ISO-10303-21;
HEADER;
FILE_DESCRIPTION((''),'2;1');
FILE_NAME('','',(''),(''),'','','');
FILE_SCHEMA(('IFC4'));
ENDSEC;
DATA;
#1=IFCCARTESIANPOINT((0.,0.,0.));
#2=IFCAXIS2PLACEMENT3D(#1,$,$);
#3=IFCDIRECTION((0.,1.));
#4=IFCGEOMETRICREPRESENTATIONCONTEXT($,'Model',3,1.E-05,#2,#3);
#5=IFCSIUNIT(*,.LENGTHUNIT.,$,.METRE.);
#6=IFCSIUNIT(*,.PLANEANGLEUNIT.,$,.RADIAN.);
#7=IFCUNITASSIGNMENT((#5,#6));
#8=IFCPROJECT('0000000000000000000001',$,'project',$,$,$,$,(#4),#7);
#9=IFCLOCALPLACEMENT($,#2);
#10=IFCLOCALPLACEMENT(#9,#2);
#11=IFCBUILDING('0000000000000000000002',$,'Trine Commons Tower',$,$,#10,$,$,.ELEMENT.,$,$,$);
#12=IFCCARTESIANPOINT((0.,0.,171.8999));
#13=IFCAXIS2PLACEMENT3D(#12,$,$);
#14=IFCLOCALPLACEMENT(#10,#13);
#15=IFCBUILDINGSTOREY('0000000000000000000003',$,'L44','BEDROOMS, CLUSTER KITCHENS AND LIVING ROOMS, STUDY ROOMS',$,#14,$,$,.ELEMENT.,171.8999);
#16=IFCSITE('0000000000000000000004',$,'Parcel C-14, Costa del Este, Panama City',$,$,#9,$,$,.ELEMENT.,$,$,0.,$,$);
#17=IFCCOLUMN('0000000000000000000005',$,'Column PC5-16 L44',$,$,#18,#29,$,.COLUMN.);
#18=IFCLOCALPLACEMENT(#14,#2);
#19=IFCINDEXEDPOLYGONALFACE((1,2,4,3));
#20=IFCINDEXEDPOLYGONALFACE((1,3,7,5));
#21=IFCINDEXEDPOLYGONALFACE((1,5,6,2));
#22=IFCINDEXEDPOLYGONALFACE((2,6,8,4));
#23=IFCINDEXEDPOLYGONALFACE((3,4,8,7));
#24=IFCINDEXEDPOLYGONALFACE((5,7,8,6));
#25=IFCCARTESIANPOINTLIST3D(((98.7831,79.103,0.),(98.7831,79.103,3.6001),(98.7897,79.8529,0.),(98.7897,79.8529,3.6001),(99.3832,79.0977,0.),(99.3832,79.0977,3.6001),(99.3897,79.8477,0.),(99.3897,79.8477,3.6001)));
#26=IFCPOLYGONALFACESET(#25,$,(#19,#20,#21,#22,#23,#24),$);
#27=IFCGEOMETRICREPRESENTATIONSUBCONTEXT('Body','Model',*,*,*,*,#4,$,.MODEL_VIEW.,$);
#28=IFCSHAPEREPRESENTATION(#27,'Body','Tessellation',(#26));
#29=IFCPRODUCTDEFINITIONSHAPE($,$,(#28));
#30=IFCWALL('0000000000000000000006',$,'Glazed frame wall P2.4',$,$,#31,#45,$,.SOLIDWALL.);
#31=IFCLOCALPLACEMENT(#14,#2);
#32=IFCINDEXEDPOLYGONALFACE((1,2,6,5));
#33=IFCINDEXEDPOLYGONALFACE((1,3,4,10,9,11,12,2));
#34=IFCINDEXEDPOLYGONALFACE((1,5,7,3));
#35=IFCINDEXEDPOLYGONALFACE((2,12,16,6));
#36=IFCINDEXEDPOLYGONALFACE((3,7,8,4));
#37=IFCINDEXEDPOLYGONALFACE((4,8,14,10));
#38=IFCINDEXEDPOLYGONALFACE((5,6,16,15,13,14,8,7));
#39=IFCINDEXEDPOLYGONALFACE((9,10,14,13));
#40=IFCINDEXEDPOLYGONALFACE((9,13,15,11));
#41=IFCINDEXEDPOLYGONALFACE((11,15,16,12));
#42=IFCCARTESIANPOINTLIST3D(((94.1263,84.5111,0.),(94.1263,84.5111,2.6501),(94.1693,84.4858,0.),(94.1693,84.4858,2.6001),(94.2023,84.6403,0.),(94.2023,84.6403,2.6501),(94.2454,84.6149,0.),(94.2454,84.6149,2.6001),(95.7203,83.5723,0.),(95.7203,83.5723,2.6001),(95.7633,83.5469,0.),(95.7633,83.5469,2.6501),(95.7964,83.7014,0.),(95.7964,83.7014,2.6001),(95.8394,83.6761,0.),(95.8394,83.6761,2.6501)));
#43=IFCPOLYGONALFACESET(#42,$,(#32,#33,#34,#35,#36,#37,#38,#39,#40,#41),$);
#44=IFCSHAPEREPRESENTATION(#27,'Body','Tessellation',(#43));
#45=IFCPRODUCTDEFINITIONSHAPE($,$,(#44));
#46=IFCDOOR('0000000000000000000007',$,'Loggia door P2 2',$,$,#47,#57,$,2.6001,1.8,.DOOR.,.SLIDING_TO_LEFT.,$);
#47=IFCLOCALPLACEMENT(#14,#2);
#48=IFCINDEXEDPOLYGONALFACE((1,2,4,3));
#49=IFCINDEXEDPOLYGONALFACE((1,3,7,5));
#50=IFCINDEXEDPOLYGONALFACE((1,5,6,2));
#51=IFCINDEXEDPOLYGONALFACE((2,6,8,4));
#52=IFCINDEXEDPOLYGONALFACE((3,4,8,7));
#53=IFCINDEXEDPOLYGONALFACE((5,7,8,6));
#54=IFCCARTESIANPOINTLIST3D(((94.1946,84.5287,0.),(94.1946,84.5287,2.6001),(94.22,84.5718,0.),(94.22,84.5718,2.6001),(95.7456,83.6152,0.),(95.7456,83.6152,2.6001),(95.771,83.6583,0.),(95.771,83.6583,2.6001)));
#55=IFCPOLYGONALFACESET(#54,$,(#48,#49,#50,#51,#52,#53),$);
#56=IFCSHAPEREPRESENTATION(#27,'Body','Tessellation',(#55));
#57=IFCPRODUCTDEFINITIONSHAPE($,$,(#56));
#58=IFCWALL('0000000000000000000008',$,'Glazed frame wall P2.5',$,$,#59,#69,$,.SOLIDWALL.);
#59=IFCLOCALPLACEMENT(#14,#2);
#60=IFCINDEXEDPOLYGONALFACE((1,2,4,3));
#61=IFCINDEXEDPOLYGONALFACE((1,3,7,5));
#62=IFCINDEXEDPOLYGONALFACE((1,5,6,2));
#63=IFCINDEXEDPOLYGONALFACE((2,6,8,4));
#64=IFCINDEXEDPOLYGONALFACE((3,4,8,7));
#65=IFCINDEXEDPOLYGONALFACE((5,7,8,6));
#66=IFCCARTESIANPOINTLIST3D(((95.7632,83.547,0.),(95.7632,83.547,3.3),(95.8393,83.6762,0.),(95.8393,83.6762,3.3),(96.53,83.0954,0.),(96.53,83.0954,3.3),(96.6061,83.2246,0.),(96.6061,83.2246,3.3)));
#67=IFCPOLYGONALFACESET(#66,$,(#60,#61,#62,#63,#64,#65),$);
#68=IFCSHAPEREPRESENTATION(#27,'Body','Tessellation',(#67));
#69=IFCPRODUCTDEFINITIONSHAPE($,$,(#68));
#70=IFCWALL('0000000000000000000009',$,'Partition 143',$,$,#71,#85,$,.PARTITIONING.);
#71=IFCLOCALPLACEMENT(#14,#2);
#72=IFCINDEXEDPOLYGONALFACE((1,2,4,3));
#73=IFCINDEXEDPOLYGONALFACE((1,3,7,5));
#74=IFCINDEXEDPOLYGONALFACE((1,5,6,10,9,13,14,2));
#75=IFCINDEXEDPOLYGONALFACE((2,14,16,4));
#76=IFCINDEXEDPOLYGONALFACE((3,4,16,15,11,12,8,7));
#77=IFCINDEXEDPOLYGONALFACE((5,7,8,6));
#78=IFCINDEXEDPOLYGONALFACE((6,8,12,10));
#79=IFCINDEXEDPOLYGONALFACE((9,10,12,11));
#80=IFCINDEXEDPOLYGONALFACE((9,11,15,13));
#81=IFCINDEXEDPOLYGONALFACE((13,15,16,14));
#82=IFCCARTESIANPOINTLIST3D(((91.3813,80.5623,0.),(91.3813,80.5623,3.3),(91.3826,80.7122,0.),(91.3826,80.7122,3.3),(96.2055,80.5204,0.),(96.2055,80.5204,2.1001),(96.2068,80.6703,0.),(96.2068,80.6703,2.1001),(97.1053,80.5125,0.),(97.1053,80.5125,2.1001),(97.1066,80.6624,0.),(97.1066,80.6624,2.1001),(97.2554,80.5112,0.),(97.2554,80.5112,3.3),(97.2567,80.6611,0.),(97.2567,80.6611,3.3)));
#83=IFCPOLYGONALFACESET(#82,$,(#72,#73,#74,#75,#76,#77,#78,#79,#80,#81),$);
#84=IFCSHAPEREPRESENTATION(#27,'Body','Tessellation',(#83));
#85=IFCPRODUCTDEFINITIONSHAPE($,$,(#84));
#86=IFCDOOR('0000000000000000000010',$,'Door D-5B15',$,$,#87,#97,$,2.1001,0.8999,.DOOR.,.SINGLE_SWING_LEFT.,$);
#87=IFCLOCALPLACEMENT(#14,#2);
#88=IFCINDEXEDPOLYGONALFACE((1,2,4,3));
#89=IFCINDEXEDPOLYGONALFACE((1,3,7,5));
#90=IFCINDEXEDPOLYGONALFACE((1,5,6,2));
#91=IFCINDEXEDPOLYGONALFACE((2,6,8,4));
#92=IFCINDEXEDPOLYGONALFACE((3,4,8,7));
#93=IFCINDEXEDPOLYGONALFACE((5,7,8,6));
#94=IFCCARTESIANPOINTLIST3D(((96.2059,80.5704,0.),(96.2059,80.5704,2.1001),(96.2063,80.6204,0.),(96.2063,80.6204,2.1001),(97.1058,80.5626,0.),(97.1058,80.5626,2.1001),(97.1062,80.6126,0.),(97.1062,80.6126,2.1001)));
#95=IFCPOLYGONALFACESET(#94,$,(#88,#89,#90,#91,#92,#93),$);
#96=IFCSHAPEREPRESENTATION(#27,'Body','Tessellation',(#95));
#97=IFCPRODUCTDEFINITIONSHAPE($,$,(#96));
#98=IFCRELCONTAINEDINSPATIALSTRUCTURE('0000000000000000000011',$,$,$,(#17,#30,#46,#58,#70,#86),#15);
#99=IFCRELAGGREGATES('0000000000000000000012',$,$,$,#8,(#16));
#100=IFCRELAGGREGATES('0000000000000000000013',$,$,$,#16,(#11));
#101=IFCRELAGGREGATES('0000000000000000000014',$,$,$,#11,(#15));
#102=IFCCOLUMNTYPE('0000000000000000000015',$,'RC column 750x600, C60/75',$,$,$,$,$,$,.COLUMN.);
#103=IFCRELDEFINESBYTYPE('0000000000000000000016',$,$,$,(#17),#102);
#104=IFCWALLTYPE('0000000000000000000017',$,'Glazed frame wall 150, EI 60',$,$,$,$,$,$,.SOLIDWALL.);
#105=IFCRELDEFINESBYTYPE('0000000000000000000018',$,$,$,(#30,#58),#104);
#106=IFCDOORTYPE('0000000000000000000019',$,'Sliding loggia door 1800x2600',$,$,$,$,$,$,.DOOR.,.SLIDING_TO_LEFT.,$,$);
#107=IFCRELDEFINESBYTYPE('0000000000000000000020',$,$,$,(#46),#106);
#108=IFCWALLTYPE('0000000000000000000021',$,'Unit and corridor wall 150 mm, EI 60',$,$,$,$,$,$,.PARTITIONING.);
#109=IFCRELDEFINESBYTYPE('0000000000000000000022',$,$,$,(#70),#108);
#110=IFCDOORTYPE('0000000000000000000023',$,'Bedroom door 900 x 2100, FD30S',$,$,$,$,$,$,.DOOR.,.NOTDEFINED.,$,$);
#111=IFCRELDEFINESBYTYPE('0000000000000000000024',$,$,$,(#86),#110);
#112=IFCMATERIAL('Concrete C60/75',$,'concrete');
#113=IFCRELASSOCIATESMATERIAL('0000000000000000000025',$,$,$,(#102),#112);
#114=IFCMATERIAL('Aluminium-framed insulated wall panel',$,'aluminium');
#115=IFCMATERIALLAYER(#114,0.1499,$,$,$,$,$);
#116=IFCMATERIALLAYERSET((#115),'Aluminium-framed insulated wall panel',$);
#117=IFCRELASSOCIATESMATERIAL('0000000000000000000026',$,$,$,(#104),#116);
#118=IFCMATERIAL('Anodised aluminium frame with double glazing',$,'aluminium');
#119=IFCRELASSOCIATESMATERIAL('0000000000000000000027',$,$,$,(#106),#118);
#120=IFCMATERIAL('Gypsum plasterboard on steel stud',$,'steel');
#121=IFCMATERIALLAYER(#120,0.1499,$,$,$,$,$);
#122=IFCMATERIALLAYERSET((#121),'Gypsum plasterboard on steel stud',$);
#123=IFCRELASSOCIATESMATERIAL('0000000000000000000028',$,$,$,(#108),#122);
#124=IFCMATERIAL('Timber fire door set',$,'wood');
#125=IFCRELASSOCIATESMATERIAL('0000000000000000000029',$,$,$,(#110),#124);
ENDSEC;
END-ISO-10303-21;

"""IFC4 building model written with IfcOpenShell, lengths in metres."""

from ifc_helpers import new_model, si_unit, direction, frame, frame_2d, origin, origin_2d, place, context, subcontext, project, spatial, polyline, rectangle, outline, extrude, material, layer, layer_set, material_profile, profile_set, type_object, element, fill, save


model = new_model("IFC4")

# Units and contexts
model_context = context("Model", 3, precision=1e-05, world=origin(), true_north=direction((0.0, 1.0)))
body_context = subcontext(model_context, "Body", "Model", "MODEL_VIEW")
ifc_project = project(units=[si_unit("LENGTHUNIT", "METRE"), si_unit("PLANEANGLEUNIT", "RADIAN")], contexts=[model_context])

# Site, building, storey
site_placement = place(None, origin())
site = spatial("IfcSite", under=ifc_project, at=site_placement, Name="Parcel C-14, Costa del Este, Panama City", CompositionType="ELEMENT", RefElevation=0.0)
building_placement = place(site_placement, origin())
building = spatial("IfcBuilding", under=site, at=building_placement, Name="Trine Commons Tower", CompositionType="ELEMENT")
storey_placement = place(building_placement, frame((0.0, 0.0, 171.8999)))
storey = spatial("IfcBuildingStorey", under=building, at=storey_placement, Name="L44", Description="BEDROOMS, CLUSTER KITCHENS AND LIVING ROOMS, STUDY ROOMS", CompositionType="ELEMENT", Elevation=171.8999)

# Column
ifc_material_1 = material(Name="Concrete C60/75", Category="concrete")
ifc_material_profile = material_profile(ifc_material_1, rectangle(XDim=0.75, YDim=0.6001, at=origin_2d()), Name="RC 750x600")
ifc_profile_set = profile_set([ifc_material_profile], Name="Concrete C60/75")
column_type = type_object("IfcColumnType", Name="RC column 750x600, C60/75", PredefinedType="COLUMN", material=ifc_profile_set)
column_placement = place(storey_placement, frame((99.0864, 79.4753, 0.0), z_axis=(0.0, 0.0, 1.0), x_axis=(0.008727, 0.999962, 0.0)))
element("IfcColumn", 1, at=column_placement, inside=storey, type_object=column_type, Name="Column PC5-16 L44", PredefinedType="COLUMN", context=body_context, shape_type="SweptSolid", body=[
    extrude(rectangle(XDim=0.75, YDim=0.6001, at=origin_2d()), origin(), (0.0, 0.0, 1.0), 3.6001),
])

# Wall, opening, door
ifc_material_2 = material(Name="Aluminium-framed insulated wall panel", Category="aluminium")
ifc_layer_1 = layer(ifc_material_2, 0.1499)
ifc_layer_set_1 = layer_set([ifc_layer_1], Name="Aluminium-framed insulated wall panel")
wall_type_1 = type_object("IfcWallType", Name="Glazed frame wall 150, EI 60", PredefinedType="SOLIDWALL", material=ifc_layer_set_1)
wall_1_placement = place(storey_placement, frame((94.1643, 84.5757, 0.0), z_axis=(0.0, 0.0, 1.0), x_axis=(0.86166, -0.507486, 0.0)))
wall_1 = element("IfcWall", 2, at=wall_1_placement, inside=storey, type_object=wall_type_1, Name="Glazed frame wall P2.4", PredefinedType="SOLIDWALL", context=body_context, shape_type="SweptSolid", body=[
    extrude(outline(polyline([(0.0, -0.075), (1.8999, -0.075), (1.8999, 0.075), (0.0, 0.075), (0.0, -0.075)])), origin(), (0.0, 0.0, 1.0), 2.6501),
])
opening_1_placement = place(wall_1_placement, frame((0.05, 0.0, 0.0)))
opening_1 = element("IfcOpeningElement", 3, at=opening_1_placement, cuts=wall_1, PredefinedType="OPENING", context=body_context, shape_type="SweptSolid", body=[
    extrude(rectangle(XDim=1.8, YDim=2.6001, at=frame_2d((0.8999, 1.3))), frame((0.0, 0.085, 0.0), z_axis=(0.0, -1.0, 0.0), x_axis=(1.0, 0.0, 0.0)), (0.0, 0.0, 1.0), 0.1699),
])
ifc_material_3 = material(Name="Anodised aluminium frame with double glazing", Category="aluminium")
door_type_1 = type_object("IfcDoorType", Name="Sliding loggia door 1800x2600", OperationType="SLIDING_TO_LEFT", PredefinedType="DOOR", material=ifc_material_3)
door_1_placement = place(opening_1_placement, origin())
door_1 = element("IfcDoor", 4, at=door_1_placement, inside=storey, type_object=door_type_1, Name="Loggia door P2 2", OperationType="SLIDING_TO_LEFT", OverallHeight=2.6001, OverallWidth=1.8, PredefinedType="DOOR", context=body_context, shape_type="SweptSolid", body=[
    extrude(rectangle(XDim=1.8, YDim=2.6001, at=frame_2d((0.8999, 1.3))), frame((0.0, 0.0249, 0.0), z_axis=(0.0, -1.0, 0.0), x_axis=(1.0, 0.0, 0.0)), (0.0, 0.0, 1.0), 0.05),
])
fill(opening_1, door_1)

# Wall
wall_2_placement = place(storey_placement, frame((95.8013, 83.6116, 0.0), z_axis=(0.0, 0.0, 1.0), x_axis=(0.861664, -0.507479, 0.0)))
element("IfcWall", 5, at=wall_2_placement, inside=storey, type_object=wall_type_1, Name="Glazed frame wall P2.5", PredefinedType="SOLIDWALL", context=body_context, shape_type="SweptSolid", body=[
    extrude(outline(polyline([(0.8899, 0.075), (0.0, 0.075), (0.0, -0.075), (0.8899, -0.075), (0.8899, 0.075)])), origin(), (0.0, 0.0, 1.0), 3.3),
])

# Wall, opening, door
ifc_material_4 = material(Name="Gypsum plasterboard on steel stud", Category="steel")
ifc_layer_2 = layer(ifc_material_4, 0.1499)
ifc_layer_set_2 = layer_set([ifc_layer_2], Name="Gypsum plasterboard on steel stud")
wall_type_2 = type_object("IfcWallType", Name="Unit and corridor wall 150 mm, EI 60", PredefinedType="PARTITIONING", material=ifc_layer_set_2)
wall_3_placement = place(storey_placement, frame((91.3821, 80.6372, 0.0), z_axis=(0.0, 0.0, 1.0), x_axis=(0.999962, -0.008686, 0.0)))
wall_3 = element("IfcWall", 6, at=wall_3_placement, inside=storey, type_object=wall_type_2, Name="Partition 143", PredefinedType="PARTITIONING", context=body_context, shape_type="SweptSolid", body=[
    extrude(rectangle(XDim=5.8743, YDim=0.1499, at=frame_2d((2.937, 0.0))), origin(), (0.0, 0.0, 1.0), 3.3),
])
opening_2_placement = place(wall_3_placement, frame((4.8242, 0.0, 0.0)))
opening_2 = element("IfcOpeningElement", 7, at=opening_2_placement, cuts=wall_3, PredefinedType="OPENING", context=body_context, shape_type="SweptSolid", body=[
    extrude(rectangle(XDim=0.8999, YDim=2.1001, at=frame_2d((0.45, 1.05))), frame((0.0, 0.085, 0.0), z_axis=(0.0, -1.0, 0.0), x_axis=(1.0, 0.0, 0.0)), (0.0, 0.0, 1.0), 0.1699),
])
ifc_material_5 = material(Name="Timber fire door set", Category="wood")
door_type_2 = type_object("IfcDoorType", Name="Bedroom door 900 x 2100, FD30S", OperationType="NOTDEFINED", PredefinedType="DOOR", material=ifc_material_5)
door_2_placement = place(opening_2_placement, frame((0.8999, 0.0, 0.0), z_axis=(0.0, 0.0, 1.0), x_axis=(-1.0, 0.0, 0.0)))
door_2 = element("IfcDoor", 8, at=door_2_placement, inside=storey, type_object=door_type_2, Name="Door D-5B15", OperationType="SINGLE_SWING_LEFT", OverallHeight=2.1001, OverallWidth=0.8999, PredefinedType="DOOR", context=body_context, shape_type="SweptSolid", body=[
    extrude(rectangle(XDim=0.8999, YDim=2.1001, at=frame_2d((0.45, 1.05))), frame((0.0, 0.0249, 0.0), z_axis=(0.0, -1.0, 0.0), x_axis=(1.0, 0.0, 0.0)), (0.0, 0.0, 1.0), 0.05),
])
fill(opening_2, door_2)

save(model, "model.ifc")
